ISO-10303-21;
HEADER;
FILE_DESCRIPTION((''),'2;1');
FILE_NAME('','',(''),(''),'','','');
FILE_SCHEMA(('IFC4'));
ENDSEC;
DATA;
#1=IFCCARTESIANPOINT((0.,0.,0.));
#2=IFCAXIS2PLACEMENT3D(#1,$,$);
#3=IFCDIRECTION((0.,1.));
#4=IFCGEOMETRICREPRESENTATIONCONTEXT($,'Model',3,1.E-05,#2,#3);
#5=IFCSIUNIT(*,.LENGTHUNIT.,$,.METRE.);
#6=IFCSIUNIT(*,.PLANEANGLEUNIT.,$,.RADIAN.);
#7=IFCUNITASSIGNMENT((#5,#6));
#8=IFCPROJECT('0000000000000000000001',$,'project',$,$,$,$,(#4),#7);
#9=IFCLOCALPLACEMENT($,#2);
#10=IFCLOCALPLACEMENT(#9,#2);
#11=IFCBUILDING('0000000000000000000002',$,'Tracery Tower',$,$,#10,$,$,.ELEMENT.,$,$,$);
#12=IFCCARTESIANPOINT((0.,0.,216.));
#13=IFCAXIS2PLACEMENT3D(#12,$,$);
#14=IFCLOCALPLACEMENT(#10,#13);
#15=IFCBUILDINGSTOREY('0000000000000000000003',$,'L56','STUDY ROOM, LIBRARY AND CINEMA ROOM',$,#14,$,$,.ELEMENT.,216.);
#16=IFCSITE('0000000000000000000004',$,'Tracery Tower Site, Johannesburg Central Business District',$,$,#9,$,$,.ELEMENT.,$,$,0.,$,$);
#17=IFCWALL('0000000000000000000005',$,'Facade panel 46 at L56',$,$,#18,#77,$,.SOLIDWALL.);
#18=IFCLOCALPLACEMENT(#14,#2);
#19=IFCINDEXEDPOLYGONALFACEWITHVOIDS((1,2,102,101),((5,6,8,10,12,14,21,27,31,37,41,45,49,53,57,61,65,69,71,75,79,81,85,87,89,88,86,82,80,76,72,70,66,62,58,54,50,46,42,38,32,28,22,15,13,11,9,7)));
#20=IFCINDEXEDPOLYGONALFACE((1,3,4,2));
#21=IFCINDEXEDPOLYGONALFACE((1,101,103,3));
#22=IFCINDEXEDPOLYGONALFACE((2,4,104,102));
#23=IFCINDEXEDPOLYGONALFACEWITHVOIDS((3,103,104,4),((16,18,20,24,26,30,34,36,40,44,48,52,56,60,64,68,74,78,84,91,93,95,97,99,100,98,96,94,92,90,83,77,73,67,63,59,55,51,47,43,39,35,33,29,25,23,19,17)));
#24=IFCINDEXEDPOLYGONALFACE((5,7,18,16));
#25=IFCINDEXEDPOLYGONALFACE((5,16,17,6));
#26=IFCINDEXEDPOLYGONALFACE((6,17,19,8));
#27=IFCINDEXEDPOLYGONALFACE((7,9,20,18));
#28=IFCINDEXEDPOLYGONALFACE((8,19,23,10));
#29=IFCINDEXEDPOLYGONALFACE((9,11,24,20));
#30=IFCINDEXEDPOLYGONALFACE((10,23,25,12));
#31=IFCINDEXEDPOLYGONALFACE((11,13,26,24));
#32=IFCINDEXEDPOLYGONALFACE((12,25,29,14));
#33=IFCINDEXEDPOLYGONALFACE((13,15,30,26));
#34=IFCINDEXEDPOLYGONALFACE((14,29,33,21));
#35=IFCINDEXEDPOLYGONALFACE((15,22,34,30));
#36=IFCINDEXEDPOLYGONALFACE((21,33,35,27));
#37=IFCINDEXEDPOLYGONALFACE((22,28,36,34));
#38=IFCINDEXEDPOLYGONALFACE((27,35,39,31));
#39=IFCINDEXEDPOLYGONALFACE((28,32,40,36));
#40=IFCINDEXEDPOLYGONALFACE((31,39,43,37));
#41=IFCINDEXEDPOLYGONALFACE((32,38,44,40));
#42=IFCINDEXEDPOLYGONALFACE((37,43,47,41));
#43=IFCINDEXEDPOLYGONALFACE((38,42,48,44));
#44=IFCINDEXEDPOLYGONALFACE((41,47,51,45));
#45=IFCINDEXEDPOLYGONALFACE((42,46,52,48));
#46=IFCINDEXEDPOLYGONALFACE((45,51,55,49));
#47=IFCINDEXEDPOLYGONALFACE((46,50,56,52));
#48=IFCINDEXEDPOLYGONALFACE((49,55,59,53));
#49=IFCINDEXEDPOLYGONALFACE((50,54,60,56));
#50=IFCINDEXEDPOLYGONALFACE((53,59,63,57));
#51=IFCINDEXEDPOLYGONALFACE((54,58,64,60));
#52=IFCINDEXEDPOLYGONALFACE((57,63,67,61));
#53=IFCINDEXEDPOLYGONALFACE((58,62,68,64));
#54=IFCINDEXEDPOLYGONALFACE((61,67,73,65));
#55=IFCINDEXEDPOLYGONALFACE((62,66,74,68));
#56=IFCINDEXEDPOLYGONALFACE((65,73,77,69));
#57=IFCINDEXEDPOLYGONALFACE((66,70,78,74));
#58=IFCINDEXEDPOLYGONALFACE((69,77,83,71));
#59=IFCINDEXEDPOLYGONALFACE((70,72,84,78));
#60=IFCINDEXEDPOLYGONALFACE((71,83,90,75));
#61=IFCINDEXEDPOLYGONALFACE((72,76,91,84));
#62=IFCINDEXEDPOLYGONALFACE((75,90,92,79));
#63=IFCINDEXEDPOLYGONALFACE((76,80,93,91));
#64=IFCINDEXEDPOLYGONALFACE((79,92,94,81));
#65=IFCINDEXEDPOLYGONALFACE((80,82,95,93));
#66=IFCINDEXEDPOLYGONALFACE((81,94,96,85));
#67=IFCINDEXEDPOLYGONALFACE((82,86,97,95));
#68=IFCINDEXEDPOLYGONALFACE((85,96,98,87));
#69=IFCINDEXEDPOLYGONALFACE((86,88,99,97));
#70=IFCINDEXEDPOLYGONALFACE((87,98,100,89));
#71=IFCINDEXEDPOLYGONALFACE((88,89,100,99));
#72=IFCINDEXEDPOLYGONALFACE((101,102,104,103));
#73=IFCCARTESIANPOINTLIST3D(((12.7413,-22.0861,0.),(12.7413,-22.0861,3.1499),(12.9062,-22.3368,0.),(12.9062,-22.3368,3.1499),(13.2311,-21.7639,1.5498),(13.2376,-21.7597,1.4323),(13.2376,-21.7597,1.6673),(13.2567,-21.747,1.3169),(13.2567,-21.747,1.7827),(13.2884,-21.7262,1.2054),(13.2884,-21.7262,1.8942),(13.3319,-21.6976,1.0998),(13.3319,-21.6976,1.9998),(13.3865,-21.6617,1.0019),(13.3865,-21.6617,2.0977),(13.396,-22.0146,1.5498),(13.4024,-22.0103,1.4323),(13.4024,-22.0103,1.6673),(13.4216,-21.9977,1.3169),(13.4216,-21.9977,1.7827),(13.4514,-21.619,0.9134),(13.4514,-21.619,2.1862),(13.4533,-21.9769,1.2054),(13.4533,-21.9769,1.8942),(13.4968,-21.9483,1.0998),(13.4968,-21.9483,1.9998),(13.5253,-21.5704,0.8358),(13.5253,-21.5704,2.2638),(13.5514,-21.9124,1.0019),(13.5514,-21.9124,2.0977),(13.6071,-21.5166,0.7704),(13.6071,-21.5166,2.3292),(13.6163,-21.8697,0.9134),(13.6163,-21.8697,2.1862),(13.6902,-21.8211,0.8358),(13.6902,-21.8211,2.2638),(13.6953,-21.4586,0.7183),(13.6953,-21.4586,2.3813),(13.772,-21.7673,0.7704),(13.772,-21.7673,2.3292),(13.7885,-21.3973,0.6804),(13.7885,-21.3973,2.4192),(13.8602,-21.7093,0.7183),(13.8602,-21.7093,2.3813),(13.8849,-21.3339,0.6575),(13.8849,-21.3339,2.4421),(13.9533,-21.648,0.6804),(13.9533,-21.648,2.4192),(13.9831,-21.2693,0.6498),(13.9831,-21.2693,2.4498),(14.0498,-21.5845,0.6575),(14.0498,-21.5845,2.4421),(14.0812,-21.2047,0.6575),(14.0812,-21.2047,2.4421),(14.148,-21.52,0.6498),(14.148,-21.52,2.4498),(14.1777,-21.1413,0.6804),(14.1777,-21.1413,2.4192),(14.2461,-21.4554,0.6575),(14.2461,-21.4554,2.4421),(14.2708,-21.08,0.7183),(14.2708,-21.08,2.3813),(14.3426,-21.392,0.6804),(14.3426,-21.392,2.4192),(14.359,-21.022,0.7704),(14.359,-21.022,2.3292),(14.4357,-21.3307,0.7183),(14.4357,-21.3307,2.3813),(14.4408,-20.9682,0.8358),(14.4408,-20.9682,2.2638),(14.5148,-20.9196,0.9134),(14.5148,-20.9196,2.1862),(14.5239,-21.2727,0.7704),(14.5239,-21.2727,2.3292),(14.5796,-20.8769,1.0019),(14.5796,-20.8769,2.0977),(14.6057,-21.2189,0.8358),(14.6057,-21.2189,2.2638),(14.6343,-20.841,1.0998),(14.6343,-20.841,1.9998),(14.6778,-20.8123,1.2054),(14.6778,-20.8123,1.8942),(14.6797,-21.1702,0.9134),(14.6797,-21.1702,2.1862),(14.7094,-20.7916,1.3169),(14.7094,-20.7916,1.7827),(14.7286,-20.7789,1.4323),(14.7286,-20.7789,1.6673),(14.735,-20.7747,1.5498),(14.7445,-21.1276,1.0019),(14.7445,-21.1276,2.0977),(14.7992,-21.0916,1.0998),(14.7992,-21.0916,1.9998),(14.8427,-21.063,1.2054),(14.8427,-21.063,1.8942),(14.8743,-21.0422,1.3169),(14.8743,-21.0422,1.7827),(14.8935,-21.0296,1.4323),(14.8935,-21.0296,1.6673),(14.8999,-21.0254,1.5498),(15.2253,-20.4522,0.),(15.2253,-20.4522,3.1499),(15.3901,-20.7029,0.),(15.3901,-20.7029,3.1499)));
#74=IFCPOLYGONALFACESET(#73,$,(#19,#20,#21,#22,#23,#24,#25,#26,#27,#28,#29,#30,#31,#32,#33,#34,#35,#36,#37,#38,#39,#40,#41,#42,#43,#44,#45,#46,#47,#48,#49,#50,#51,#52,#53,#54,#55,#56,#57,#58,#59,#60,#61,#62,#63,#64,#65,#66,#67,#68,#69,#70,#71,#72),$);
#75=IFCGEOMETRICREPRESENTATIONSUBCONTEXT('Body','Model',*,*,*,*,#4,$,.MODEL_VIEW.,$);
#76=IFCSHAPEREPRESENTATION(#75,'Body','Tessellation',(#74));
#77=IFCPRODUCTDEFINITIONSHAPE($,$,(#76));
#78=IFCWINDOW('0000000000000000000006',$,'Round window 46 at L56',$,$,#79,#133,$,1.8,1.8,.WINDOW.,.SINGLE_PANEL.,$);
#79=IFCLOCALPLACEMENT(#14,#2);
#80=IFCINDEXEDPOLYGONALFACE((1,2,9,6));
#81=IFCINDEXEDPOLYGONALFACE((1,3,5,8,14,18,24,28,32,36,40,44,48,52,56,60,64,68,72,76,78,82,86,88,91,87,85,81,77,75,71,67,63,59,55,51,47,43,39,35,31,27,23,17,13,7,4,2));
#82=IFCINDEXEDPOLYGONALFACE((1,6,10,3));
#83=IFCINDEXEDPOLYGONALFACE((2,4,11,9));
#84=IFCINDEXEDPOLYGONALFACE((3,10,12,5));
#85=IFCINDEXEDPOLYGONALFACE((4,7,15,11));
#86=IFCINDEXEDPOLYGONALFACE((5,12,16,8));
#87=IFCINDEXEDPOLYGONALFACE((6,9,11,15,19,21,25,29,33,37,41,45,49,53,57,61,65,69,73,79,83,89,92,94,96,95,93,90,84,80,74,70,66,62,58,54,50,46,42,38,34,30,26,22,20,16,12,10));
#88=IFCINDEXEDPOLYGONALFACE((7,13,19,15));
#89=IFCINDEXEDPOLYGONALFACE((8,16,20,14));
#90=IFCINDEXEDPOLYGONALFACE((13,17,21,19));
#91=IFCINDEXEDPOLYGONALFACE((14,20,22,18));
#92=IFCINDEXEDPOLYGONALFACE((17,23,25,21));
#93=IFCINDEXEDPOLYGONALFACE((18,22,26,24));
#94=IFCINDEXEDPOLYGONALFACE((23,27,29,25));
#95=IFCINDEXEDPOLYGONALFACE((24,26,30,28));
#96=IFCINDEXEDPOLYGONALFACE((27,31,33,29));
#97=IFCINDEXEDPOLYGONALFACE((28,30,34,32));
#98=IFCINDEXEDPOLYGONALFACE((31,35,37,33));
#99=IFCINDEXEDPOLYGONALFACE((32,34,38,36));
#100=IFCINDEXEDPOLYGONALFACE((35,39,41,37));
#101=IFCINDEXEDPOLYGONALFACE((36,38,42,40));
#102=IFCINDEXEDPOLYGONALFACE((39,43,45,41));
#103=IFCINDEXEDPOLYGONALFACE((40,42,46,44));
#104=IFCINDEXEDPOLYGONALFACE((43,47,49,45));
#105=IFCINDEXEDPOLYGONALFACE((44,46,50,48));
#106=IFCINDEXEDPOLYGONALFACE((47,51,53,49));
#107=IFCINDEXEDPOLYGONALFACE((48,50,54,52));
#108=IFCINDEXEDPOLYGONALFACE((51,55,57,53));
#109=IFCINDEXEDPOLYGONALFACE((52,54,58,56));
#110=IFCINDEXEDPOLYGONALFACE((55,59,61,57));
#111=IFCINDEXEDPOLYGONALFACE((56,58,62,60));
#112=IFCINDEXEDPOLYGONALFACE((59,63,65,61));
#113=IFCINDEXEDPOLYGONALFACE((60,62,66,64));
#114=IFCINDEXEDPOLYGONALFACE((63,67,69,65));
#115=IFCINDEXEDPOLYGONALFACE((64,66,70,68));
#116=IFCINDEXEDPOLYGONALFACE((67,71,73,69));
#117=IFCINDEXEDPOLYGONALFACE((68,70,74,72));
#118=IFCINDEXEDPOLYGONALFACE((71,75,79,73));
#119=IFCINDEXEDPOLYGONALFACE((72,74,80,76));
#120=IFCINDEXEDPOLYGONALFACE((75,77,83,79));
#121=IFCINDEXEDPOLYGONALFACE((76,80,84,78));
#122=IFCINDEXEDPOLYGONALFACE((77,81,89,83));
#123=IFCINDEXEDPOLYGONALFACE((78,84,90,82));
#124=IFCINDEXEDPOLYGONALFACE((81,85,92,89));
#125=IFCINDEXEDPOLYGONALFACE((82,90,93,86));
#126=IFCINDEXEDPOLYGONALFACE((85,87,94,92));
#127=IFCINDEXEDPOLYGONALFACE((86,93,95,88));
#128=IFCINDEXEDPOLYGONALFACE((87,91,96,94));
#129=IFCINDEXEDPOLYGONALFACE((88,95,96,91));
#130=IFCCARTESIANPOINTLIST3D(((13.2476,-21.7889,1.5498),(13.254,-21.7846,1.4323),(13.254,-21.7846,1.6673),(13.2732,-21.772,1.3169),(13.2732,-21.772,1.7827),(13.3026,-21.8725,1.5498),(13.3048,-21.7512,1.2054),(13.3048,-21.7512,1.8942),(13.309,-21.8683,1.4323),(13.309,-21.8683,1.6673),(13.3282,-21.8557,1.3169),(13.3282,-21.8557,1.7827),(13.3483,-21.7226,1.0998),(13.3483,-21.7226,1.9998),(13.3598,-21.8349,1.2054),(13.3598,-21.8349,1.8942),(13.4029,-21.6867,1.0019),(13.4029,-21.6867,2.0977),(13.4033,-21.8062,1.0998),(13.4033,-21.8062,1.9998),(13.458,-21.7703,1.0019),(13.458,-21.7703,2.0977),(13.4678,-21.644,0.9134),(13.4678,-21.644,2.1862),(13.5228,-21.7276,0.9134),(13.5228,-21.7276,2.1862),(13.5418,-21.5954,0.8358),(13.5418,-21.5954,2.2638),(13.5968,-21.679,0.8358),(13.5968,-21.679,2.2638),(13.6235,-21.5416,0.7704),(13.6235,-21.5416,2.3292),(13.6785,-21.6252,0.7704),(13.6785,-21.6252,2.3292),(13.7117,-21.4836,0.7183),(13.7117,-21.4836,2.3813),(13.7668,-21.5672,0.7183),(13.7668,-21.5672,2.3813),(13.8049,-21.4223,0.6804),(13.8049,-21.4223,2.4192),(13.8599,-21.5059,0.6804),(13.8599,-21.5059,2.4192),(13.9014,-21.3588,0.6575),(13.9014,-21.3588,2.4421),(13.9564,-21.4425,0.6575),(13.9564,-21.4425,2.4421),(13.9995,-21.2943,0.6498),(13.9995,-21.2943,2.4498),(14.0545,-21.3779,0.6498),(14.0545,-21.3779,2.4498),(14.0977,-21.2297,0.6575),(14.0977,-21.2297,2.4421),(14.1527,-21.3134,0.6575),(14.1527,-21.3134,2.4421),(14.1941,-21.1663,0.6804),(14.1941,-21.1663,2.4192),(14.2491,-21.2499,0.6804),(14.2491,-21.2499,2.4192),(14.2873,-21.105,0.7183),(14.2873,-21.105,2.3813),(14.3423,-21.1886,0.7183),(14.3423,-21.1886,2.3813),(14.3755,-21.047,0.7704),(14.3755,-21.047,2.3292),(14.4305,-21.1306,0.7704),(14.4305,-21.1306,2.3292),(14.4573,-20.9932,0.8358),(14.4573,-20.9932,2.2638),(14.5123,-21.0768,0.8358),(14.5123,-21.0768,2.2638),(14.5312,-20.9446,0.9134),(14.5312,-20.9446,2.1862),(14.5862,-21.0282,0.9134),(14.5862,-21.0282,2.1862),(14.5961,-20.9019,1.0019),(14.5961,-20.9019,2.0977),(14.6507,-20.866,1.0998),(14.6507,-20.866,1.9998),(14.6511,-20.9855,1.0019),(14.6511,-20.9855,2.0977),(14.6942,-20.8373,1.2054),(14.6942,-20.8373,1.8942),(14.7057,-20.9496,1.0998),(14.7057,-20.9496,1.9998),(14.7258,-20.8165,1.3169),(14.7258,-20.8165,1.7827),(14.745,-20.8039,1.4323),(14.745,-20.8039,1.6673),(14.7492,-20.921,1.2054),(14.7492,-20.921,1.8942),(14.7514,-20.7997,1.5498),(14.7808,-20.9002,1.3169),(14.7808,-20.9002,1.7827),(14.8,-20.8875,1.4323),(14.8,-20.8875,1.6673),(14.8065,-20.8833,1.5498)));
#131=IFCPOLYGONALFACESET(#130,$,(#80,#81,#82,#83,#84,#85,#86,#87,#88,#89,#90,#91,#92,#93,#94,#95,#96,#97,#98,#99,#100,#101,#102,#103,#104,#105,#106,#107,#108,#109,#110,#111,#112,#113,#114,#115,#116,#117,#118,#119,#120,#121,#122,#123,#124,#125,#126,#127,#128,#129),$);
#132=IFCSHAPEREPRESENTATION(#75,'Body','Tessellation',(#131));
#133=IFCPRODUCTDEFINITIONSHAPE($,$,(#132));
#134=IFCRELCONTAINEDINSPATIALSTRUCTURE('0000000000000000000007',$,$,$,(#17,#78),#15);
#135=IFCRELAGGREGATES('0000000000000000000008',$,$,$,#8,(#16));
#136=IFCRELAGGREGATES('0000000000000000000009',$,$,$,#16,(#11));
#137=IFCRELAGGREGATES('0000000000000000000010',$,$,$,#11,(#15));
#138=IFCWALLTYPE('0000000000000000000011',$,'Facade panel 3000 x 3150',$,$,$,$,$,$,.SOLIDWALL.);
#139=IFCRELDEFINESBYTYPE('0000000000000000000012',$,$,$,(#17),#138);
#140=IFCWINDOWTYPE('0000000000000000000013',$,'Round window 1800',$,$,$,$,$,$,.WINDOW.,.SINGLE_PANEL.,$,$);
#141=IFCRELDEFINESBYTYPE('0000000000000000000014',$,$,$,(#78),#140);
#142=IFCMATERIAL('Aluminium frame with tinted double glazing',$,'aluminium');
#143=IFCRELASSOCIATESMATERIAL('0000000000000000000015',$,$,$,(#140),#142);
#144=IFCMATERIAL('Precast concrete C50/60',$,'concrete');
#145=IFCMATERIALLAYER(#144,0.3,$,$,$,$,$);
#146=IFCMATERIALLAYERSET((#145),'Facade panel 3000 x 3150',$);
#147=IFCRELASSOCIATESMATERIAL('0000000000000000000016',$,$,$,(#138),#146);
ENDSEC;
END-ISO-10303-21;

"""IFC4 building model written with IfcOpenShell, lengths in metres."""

from ifc_helpers import new_model, si_unit, direction, frame, frame_2d, origin, origin_2d, place, context, subcontext, project, spatial, rectangle, circle, extrude, material, layer, layer_set, type_object, element, fill, save


model = new_model("IFC4")

# Units and contexts
model_context = context("Model", 3, precision=1e-05, world=origin(), true_north=direction((0.0, 1.0)))
body_context = subcontext(model_context, "Body", "Model", "MODEL_VIEW")
ifc_project = project(units=[si_unit("LENGTHUNIT", "METRE"), si_unit("PLANEANGLEUNIT", "RADIAN")], contexts=[model_context])

# Site, building, storey
site_placement = place(None, origin())
site = spatial("IfcSite", under=ifc_project, at=site_placement, Name="Tracery Tower Site, Johannesburg Central Business District", CompositionType="ELEMENT", RefElevation=0.0)
building_placement = place(site_placement, origin())
building = spatial("IfcBuilding", under=site, at=building_placement, Name="Tracery Tower", CompositionType="ELEMENT")
storey_placement = place(building_placement, frame((0.0, 0.0, 216.0)))
storey = spatial("IfcBuildingStorey", under=building, at=storey_placement, Name="L56", Description="STUDY ROOM, LIBRARY AND CINEMA ROOM", CompositionType="ELEMENT", Elevation=216.0)

# Wall, opening, window
ifc_material_1 = material(Name="Aluminium frame with tinted double glazing", Category="aluminium")
window_type = type_object("IfcWindowType", Name="Round window 1800", PartitioningType="SINGLE_PANEL", PredefinedType="WINDOW", material=ifc_material_1)
ifc_material_2 = material(Name="Precast concrete C50/60", Category="concrete")
ifc_layer_1 = layer(ifc_material_2, 0.3)
ifc_layer_set_1 = layer_set([ifc_layer_1], Name="Facade panel 3000 x 3150")
wall_type_1 = type_object("IfcWallType", Name="Facade panel 3000 x 3150", PredefinedType="SOLIDWALL", material=ifc_layer_set_1)
wall_1_placement = place(storey_placement, frame((12.8237, -22.2114, 0.0), z_axis=(0.0, 0.0, 1.0), x_axis=(0.835471, 0.549535, 0.0)))
wall_1 = element("IfcWall", 1, at=wall_1_placement, inside=storey, type_object=wall_type_1, Name="Facade panel 46 at L56", PredefinedType="SOLIDWALL", context=body_context, shape_type="SweptSolid", body=[
    extrude(rectangle(XDim=2.9731, YDim=0.3, at=frame_2d((1.4866, 0.0))), origin(), (0.0, 0.0, 1.0), 3.1499),
])
opening_1_placement = place(wall_1_placement, frame((1.4863, 0.0, 1.5498)))
opening_1 = element("IfcOpeningElement", 2, at=opening_1_placement, cuts=wall_1, PredefinedType="OPENING", context=body_context, shape_type="SweptSolid", body=[
    extrude(circle(Radius=0.9, at=origin_2d()), frame((0.0, 0.1599, 0.0), z_axis=(0.0, -1.0, 0.0), x_axis=(1.0, 0.0, 0.0)), (0.0, 0.0, 1.0), 0.3201),
])
window_1_placement = place(opening_1_placement, origin())
window_1 = element("IfcWindow", 3, at=window_1_placement, inside=storey, type_object=window_type, Name="Round window 46 at L56", OverallHeight=1.8, OverallWidth=1.8, PartitioningType="SINGLE_PANEL", PredefinedType="WINDOW", context=body_context, shape_type="SweptSolid", body=[
    extrude(circle(Radius=0.9, at=origin_2d()), frame((0.0, 0.1201, 0.0), z_axis=(0.0, -1.0, 0.0), x_axis=(1.0, 0.0, 0.0)), (0.0, 0.0, 1.0), 0.1001),
])
fill(opening_1, window_1)

save(model, "model.ifc")
